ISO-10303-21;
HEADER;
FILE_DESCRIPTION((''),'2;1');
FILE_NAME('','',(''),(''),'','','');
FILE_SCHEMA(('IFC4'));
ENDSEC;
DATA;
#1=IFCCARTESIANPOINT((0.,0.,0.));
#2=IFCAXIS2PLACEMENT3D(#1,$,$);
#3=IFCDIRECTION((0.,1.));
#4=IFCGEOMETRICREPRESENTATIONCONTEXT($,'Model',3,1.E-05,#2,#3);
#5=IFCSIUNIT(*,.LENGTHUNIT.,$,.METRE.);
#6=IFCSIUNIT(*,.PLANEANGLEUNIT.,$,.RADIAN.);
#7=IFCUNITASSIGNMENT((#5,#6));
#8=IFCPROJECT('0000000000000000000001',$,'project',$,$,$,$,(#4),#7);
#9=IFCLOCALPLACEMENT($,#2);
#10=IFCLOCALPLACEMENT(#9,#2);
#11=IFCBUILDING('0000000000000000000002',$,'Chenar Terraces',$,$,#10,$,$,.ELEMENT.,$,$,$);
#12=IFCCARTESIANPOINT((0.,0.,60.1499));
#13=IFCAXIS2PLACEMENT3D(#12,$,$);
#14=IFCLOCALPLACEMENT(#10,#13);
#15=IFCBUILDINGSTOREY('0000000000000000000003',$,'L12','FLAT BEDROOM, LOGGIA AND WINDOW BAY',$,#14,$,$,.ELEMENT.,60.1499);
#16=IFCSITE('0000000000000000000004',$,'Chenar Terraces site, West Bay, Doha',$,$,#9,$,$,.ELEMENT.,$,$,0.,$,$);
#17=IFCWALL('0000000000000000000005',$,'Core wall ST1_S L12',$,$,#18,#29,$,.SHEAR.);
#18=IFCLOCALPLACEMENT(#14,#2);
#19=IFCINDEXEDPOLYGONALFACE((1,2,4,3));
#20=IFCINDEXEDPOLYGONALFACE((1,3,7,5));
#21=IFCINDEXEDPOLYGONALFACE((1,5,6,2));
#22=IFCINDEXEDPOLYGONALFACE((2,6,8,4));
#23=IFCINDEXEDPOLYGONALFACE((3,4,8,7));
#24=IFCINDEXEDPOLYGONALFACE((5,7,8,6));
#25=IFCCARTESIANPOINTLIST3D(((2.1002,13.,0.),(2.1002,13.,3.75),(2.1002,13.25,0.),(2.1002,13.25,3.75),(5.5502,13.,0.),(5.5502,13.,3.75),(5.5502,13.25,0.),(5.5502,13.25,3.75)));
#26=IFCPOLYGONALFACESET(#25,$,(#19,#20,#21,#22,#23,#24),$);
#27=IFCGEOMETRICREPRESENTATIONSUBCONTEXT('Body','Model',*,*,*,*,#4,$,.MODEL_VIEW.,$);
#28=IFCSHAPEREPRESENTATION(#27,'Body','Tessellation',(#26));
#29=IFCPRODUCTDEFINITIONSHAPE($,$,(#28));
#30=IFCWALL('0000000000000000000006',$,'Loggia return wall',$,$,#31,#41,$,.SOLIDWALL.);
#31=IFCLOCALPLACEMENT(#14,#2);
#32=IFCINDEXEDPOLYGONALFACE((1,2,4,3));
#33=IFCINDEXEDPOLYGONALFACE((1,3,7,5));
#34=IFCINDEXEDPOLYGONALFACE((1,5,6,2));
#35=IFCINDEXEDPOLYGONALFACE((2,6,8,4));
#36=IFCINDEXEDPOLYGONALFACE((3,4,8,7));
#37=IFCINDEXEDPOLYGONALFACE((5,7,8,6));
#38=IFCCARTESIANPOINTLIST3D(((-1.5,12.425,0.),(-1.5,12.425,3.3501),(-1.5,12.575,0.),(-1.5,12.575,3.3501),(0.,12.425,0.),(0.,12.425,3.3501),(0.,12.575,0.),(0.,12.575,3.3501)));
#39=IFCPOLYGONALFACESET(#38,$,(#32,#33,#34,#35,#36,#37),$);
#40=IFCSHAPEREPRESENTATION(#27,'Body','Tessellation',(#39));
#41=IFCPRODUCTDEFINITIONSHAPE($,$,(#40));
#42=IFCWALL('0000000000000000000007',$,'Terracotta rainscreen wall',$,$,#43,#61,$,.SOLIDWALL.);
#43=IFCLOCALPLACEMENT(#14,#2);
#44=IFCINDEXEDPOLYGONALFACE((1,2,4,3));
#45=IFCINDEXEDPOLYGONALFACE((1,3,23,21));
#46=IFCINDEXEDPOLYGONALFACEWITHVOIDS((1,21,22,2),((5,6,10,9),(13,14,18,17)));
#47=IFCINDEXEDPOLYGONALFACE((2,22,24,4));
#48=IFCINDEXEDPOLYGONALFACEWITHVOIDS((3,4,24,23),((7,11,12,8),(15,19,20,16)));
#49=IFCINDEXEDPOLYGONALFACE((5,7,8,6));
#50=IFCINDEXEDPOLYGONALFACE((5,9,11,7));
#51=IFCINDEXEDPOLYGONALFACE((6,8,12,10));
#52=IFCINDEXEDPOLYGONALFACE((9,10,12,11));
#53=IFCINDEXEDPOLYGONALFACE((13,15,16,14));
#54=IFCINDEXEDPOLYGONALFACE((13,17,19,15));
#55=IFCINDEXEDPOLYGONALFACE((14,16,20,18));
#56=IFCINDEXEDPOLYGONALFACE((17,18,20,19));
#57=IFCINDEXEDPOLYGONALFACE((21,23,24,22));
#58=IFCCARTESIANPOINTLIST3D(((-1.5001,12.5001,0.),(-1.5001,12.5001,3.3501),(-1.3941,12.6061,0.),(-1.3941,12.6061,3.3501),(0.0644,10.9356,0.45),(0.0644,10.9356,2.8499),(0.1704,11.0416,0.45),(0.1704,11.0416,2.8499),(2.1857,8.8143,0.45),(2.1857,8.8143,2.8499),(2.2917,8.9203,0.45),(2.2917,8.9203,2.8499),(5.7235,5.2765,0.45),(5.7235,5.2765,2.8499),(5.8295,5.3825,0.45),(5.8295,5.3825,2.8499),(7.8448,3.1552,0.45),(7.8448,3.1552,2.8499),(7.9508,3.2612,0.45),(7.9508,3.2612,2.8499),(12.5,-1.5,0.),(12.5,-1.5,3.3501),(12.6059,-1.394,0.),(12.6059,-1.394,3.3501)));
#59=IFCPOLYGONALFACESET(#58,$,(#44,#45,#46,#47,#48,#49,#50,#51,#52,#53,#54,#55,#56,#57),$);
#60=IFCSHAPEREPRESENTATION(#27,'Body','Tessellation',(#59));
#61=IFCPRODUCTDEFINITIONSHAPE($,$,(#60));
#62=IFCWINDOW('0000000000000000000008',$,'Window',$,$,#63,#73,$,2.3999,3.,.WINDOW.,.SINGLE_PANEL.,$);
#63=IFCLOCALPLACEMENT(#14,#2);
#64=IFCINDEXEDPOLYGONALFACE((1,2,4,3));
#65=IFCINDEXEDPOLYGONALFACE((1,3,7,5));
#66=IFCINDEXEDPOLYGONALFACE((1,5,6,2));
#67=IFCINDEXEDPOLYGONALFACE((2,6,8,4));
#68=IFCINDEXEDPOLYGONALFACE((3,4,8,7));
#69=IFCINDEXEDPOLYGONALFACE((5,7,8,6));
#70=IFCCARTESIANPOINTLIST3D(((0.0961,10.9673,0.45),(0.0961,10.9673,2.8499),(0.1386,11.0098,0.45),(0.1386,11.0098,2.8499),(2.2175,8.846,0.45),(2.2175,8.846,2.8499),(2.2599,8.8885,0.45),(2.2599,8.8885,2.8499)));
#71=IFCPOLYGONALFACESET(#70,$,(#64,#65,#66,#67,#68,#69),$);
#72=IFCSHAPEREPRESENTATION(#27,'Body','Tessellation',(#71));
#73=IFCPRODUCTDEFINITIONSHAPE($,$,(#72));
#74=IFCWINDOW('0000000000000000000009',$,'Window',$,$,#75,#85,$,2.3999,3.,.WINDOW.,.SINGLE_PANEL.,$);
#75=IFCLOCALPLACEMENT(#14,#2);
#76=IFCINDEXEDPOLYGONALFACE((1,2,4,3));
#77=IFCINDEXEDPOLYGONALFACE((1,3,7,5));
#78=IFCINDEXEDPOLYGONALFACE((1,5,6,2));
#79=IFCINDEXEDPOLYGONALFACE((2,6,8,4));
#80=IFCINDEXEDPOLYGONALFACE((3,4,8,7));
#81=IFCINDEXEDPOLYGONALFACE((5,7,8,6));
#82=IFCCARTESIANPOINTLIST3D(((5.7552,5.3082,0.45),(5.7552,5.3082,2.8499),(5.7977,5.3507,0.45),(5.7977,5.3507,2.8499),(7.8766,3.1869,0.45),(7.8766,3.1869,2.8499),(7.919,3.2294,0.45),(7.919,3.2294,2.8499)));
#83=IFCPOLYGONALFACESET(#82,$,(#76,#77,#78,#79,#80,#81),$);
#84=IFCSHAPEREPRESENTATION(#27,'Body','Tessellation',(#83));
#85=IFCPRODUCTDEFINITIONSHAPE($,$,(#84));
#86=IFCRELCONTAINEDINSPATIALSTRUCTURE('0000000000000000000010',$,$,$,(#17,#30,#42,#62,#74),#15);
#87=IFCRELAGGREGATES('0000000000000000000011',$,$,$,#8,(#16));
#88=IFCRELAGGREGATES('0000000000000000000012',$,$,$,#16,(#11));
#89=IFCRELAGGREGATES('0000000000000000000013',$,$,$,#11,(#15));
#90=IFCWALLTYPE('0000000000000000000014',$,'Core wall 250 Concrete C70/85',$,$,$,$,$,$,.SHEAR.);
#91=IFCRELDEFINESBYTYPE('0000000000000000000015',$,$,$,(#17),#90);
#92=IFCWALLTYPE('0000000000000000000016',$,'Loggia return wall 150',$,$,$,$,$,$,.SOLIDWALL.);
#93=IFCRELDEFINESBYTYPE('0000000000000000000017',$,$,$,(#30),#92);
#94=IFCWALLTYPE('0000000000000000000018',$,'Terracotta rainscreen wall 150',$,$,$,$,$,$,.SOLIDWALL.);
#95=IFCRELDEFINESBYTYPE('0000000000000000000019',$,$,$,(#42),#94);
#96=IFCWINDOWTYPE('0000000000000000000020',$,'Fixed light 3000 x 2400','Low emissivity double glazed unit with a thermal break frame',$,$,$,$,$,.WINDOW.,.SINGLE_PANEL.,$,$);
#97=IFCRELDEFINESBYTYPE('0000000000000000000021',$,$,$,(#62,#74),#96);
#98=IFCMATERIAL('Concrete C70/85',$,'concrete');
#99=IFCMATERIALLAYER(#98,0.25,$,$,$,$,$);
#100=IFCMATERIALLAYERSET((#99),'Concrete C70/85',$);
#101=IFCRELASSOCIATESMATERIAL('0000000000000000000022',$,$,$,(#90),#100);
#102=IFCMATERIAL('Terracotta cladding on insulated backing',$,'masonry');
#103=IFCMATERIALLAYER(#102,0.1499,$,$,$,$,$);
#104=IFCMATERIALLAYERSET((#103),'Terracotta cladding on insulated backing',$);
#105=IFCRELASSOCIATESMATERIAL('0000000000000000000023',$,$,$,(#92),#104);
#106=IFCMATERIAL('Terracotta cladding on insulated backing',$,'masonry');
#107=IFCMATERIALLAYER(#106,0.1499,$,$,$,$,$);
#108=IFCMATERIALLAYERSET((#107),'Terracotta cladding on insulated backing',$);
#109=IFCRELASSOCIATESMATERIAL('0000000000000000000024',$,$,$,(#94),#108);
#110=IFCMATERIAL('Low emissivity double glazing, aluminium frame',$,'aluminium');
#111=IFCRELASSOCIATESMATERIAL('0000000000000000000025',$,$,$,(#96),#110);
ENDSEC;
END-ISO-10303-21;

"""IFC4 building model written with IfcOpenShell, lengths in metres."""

from ifc_helpers import new_model, si_unit, direction, frame, frame_2d, origin, place, context, subcontext, project, spatial, rectangle, extrude, material, layer, layer_set, type_object, element, fill, save


model = new_model("IFC4")

# Units and contexts
model_context = context("Model", 3, precision=1e-05, world=origin(), true_north=direction((0.0, 1.0)))
body_context = subcontext(model_context, "Body", "Model", "MODEL_VIEW")
ifc_project = project(units=[si_unit("LENGTHUNIT", "METRE"), si_unit("PLANEANGLEUNIT", "RADIAN")], contexts=[model_context])

# Site, building, storey
site_placement = place(None, origin())
site = spatial("IfcSite", under=ifc_project, at=site_placement, Name="Chenar Terraces site, West Bay, Doha", CompositionType="ELEMENT", RefElevation=0.0)
building_placement = place(site_placement, origin())
building = spatial("IfcBuilding", under=site, at=building_placement, Name="Chenar Terraces", CompositionType="ELEMENT")
storey_placement = place(building_placement, frame((0.0, 0.0, 60.1499)))
storey = spatial("IfcBuildingStorey", under=building, at=storey_placement, Name="L12", Description="FLAT BEDROOM, LOGGIA AND WINDOW BAY", CompositionType="ELEMENT", Elevation=60.1499)

# Walls
ifc_material_1 = material(Name="Concrete C70/85", Category="concrete")
ifc_layer_1 = layer(ifc_material_1, 0.25)
ifc_layer_set_1 = layer_set([ifc_layer_1], Name="Concrete C70/85")
wall_type_1 = type_object("IfcWallType", Name="Core wall 250 Concrete C70/85", PredefinedType="SHEAR", material=ifc_layer_set_1)
wall_1_placement = place(storey_placement, frame((2.1001, 13.125, 0.0), z_axis=(0.0, 0.0, 1.0), x_axis=(1.0, 0.0, 0.0)))
element("IfcWall", 1, at=wall_1_placement, inside=storey, type_object=wall_type_1, Name="Core wall ST1_S L12", PredefinedType="SHEAR", context=body_context, shape_type="SweptSolid", body=[
    extrude(rectangle(XDim=3.45, YDim=0.25, at=frame_2d((1.7251, 0.0))), origin(), (0.0, 0.0, 1.0), 3.75),
])
ifc_material_2 = material(Name="Terracotta cladding on insulated backing", Category="masonry")
ifc_layer_2 = layer(ifc_material_2, 0.1499)
ifc_layer_set_2 = layer_set([ifc_layer_2], Name="Terracotta cladding on insulated backing")
wall_type_2 = type_object("IfcWallType", Name="Loggia return wall 150", PredefinedType="SOLIDWALL", material=ifc_layer_set_2)
wall_2_placement = place(storey_placement, frame((-1.5, 12.5, 0.0), z_axis=(0.0, 0.0, 1.0), x_axis=(1.0, 0.0, 0.0)))
element("IfcWall", 2, at=wall_2_placement, inside=storey, type_object=wall_type_2, Name="Loggia return wall", PredefinedType="SOLIDWALL", context=body_context, shape_type="SweptSolid", body=[
    extrude(rectangle(XDim=1.5, YDim=0.1499, at=frame_2d((0.75, 0.0))), origin(), (0.0, 0.0, 1.0), 3.3501),
])

# Wall, openings, windows
ifc_material_3 = material(Name="Terracotta cladding on insulated backing", Category="masonry")
ifc_layer_3 = layer(ifc_material_3, 0.1499)
ifc_layer_set_3 = layer_set([ifc_layer_3], Name="Terracotta cladding on insulated backing")
wall_type_3 = type_object("IfcWallType", Name="Terracotta rainscreen wall 150", PredefinedType="SOLIDWALL", material=ifc_layer_set_3)
wall_3_placement = place(storey_placement, frame((-1.447, 12.553, 0.0), z_axis=(0.0, 0.0, 1.0), x_axis=(0.707107, -0.707107, 0.0)))
wall_3 = element("IfcWall", 3, at=wall_3_placement, inside=storey, type_object=wall_type_3, Name="Terracotta rainscreen wall", PredefinedType="SOLIDWALL", context=body_context, shape_type="SweptSolid", body=[
    extrude(rectangle(XDim=19.7991, YDim=0.1499, at=frame_2d((9.8994, 0.0))), origin(), (0.0, 0.0, 1.0), 3.3501),
])
opening_1_placement = place(wall_3_placement, frame((2.2124, 0.0, 0.45)))
opening_1 = element("IfcOpeningElement", 4, at=opening_1_placement, cuts=wall_3, PredefinedType="OPENING", context=body_context, shape_type="SweptSolid", body=[
    extrude(rectangle(XDim=3.0, YDim=2.3999, at=frame_2d((1.5, 1.2))), frame((0.0, 0.085, 0.0), z_axis=(0.0, -1.0, 0.0), x_axis=(1.0, 0.0, 0.0)), (0.0, 0.0, 1.0), 0.1699),
])
opening_2_placement = place(wall_3_placement, frame((10.2156, 0.0, 0.45)))
opening_2 = element("IfcOpeningElement", 5, at=opening_2_placement, cuts=wall_3, PredefinedType="OPENING", context=body_context, shape_type="SweptSolid", body=[
    extrude(rectangle(XDim=3.0, YDim=2.3999, at=frame_2d((1.5, 1.2))), frame((0.0, 0.085, 0.0), z_axis=(0.0, -1.0, 0.0), x_axis=(1.0, 0.0, 0.0)), (0.0, 0.0, 1.0), 0.1699),
])
ifc_material_4 = material(Name="Low emissivity double glazing, aluminium frame", Category="aluminium")
window_type = type_object("IfcWindowType", Name="Fixed light 3000 x 2400", Description="Low emissivity double glazed unit with a thermal break frame", PartitioningType="SINGLE_PANEL", PredefinedType="WINDOW", material=ifc_material_4)
window_1_placement = place(opening_1_placement, origin())
window_1 = element("IfcWindow", 6, at=window_1_placement, inside=storey, type_object=window_type, Name="Window", OverallHeight=2.3999, OverallWidth=3.0, PartitioningType="SINGLE_PANEL", PredefinedType="WINDOW", context=body_context, shape_type="SweptSolid", body=[
    extrude(rectangle(XDim=3.0, YDim=2.3999, at=frame_2d((1.5, 1.2))), frame((0.0, 0.03, 0.0), z_axis=(0.0, -1.0, 0.0), x_axis=(1.0, 0.0, 0.0)), (0.0, 0.0, 1.0), 0.0601),
])
fill(opening_1, window_1)
window_2_placement = place(opening_2_placement, origin())
window_2 = element("IfcWindow", 7, at=window_2_placement, inside=storey, type_object=window_type, Name="Window", OverallHeight=2.3999, OverallWidth=3.0, PartitioningType="SINGLE_PANEL", PredefinedType="WINDOW", context=body_context, shape_type="SweptSolid", body=[
    extrude(rectangle(XDim=3.0, YDim=2.3999, at=frame_2d((1.5, 1.2))), frame((0.0, 0.03, 0.0), z_axis=(0.0, -1.0, 0.0), x_axis=(1.0, 0.0, 0.0)), (0.0, 0.0, 1.0), 0.0601),
])
fill(opening_2, window_2)

save(model, "model.ifc")
